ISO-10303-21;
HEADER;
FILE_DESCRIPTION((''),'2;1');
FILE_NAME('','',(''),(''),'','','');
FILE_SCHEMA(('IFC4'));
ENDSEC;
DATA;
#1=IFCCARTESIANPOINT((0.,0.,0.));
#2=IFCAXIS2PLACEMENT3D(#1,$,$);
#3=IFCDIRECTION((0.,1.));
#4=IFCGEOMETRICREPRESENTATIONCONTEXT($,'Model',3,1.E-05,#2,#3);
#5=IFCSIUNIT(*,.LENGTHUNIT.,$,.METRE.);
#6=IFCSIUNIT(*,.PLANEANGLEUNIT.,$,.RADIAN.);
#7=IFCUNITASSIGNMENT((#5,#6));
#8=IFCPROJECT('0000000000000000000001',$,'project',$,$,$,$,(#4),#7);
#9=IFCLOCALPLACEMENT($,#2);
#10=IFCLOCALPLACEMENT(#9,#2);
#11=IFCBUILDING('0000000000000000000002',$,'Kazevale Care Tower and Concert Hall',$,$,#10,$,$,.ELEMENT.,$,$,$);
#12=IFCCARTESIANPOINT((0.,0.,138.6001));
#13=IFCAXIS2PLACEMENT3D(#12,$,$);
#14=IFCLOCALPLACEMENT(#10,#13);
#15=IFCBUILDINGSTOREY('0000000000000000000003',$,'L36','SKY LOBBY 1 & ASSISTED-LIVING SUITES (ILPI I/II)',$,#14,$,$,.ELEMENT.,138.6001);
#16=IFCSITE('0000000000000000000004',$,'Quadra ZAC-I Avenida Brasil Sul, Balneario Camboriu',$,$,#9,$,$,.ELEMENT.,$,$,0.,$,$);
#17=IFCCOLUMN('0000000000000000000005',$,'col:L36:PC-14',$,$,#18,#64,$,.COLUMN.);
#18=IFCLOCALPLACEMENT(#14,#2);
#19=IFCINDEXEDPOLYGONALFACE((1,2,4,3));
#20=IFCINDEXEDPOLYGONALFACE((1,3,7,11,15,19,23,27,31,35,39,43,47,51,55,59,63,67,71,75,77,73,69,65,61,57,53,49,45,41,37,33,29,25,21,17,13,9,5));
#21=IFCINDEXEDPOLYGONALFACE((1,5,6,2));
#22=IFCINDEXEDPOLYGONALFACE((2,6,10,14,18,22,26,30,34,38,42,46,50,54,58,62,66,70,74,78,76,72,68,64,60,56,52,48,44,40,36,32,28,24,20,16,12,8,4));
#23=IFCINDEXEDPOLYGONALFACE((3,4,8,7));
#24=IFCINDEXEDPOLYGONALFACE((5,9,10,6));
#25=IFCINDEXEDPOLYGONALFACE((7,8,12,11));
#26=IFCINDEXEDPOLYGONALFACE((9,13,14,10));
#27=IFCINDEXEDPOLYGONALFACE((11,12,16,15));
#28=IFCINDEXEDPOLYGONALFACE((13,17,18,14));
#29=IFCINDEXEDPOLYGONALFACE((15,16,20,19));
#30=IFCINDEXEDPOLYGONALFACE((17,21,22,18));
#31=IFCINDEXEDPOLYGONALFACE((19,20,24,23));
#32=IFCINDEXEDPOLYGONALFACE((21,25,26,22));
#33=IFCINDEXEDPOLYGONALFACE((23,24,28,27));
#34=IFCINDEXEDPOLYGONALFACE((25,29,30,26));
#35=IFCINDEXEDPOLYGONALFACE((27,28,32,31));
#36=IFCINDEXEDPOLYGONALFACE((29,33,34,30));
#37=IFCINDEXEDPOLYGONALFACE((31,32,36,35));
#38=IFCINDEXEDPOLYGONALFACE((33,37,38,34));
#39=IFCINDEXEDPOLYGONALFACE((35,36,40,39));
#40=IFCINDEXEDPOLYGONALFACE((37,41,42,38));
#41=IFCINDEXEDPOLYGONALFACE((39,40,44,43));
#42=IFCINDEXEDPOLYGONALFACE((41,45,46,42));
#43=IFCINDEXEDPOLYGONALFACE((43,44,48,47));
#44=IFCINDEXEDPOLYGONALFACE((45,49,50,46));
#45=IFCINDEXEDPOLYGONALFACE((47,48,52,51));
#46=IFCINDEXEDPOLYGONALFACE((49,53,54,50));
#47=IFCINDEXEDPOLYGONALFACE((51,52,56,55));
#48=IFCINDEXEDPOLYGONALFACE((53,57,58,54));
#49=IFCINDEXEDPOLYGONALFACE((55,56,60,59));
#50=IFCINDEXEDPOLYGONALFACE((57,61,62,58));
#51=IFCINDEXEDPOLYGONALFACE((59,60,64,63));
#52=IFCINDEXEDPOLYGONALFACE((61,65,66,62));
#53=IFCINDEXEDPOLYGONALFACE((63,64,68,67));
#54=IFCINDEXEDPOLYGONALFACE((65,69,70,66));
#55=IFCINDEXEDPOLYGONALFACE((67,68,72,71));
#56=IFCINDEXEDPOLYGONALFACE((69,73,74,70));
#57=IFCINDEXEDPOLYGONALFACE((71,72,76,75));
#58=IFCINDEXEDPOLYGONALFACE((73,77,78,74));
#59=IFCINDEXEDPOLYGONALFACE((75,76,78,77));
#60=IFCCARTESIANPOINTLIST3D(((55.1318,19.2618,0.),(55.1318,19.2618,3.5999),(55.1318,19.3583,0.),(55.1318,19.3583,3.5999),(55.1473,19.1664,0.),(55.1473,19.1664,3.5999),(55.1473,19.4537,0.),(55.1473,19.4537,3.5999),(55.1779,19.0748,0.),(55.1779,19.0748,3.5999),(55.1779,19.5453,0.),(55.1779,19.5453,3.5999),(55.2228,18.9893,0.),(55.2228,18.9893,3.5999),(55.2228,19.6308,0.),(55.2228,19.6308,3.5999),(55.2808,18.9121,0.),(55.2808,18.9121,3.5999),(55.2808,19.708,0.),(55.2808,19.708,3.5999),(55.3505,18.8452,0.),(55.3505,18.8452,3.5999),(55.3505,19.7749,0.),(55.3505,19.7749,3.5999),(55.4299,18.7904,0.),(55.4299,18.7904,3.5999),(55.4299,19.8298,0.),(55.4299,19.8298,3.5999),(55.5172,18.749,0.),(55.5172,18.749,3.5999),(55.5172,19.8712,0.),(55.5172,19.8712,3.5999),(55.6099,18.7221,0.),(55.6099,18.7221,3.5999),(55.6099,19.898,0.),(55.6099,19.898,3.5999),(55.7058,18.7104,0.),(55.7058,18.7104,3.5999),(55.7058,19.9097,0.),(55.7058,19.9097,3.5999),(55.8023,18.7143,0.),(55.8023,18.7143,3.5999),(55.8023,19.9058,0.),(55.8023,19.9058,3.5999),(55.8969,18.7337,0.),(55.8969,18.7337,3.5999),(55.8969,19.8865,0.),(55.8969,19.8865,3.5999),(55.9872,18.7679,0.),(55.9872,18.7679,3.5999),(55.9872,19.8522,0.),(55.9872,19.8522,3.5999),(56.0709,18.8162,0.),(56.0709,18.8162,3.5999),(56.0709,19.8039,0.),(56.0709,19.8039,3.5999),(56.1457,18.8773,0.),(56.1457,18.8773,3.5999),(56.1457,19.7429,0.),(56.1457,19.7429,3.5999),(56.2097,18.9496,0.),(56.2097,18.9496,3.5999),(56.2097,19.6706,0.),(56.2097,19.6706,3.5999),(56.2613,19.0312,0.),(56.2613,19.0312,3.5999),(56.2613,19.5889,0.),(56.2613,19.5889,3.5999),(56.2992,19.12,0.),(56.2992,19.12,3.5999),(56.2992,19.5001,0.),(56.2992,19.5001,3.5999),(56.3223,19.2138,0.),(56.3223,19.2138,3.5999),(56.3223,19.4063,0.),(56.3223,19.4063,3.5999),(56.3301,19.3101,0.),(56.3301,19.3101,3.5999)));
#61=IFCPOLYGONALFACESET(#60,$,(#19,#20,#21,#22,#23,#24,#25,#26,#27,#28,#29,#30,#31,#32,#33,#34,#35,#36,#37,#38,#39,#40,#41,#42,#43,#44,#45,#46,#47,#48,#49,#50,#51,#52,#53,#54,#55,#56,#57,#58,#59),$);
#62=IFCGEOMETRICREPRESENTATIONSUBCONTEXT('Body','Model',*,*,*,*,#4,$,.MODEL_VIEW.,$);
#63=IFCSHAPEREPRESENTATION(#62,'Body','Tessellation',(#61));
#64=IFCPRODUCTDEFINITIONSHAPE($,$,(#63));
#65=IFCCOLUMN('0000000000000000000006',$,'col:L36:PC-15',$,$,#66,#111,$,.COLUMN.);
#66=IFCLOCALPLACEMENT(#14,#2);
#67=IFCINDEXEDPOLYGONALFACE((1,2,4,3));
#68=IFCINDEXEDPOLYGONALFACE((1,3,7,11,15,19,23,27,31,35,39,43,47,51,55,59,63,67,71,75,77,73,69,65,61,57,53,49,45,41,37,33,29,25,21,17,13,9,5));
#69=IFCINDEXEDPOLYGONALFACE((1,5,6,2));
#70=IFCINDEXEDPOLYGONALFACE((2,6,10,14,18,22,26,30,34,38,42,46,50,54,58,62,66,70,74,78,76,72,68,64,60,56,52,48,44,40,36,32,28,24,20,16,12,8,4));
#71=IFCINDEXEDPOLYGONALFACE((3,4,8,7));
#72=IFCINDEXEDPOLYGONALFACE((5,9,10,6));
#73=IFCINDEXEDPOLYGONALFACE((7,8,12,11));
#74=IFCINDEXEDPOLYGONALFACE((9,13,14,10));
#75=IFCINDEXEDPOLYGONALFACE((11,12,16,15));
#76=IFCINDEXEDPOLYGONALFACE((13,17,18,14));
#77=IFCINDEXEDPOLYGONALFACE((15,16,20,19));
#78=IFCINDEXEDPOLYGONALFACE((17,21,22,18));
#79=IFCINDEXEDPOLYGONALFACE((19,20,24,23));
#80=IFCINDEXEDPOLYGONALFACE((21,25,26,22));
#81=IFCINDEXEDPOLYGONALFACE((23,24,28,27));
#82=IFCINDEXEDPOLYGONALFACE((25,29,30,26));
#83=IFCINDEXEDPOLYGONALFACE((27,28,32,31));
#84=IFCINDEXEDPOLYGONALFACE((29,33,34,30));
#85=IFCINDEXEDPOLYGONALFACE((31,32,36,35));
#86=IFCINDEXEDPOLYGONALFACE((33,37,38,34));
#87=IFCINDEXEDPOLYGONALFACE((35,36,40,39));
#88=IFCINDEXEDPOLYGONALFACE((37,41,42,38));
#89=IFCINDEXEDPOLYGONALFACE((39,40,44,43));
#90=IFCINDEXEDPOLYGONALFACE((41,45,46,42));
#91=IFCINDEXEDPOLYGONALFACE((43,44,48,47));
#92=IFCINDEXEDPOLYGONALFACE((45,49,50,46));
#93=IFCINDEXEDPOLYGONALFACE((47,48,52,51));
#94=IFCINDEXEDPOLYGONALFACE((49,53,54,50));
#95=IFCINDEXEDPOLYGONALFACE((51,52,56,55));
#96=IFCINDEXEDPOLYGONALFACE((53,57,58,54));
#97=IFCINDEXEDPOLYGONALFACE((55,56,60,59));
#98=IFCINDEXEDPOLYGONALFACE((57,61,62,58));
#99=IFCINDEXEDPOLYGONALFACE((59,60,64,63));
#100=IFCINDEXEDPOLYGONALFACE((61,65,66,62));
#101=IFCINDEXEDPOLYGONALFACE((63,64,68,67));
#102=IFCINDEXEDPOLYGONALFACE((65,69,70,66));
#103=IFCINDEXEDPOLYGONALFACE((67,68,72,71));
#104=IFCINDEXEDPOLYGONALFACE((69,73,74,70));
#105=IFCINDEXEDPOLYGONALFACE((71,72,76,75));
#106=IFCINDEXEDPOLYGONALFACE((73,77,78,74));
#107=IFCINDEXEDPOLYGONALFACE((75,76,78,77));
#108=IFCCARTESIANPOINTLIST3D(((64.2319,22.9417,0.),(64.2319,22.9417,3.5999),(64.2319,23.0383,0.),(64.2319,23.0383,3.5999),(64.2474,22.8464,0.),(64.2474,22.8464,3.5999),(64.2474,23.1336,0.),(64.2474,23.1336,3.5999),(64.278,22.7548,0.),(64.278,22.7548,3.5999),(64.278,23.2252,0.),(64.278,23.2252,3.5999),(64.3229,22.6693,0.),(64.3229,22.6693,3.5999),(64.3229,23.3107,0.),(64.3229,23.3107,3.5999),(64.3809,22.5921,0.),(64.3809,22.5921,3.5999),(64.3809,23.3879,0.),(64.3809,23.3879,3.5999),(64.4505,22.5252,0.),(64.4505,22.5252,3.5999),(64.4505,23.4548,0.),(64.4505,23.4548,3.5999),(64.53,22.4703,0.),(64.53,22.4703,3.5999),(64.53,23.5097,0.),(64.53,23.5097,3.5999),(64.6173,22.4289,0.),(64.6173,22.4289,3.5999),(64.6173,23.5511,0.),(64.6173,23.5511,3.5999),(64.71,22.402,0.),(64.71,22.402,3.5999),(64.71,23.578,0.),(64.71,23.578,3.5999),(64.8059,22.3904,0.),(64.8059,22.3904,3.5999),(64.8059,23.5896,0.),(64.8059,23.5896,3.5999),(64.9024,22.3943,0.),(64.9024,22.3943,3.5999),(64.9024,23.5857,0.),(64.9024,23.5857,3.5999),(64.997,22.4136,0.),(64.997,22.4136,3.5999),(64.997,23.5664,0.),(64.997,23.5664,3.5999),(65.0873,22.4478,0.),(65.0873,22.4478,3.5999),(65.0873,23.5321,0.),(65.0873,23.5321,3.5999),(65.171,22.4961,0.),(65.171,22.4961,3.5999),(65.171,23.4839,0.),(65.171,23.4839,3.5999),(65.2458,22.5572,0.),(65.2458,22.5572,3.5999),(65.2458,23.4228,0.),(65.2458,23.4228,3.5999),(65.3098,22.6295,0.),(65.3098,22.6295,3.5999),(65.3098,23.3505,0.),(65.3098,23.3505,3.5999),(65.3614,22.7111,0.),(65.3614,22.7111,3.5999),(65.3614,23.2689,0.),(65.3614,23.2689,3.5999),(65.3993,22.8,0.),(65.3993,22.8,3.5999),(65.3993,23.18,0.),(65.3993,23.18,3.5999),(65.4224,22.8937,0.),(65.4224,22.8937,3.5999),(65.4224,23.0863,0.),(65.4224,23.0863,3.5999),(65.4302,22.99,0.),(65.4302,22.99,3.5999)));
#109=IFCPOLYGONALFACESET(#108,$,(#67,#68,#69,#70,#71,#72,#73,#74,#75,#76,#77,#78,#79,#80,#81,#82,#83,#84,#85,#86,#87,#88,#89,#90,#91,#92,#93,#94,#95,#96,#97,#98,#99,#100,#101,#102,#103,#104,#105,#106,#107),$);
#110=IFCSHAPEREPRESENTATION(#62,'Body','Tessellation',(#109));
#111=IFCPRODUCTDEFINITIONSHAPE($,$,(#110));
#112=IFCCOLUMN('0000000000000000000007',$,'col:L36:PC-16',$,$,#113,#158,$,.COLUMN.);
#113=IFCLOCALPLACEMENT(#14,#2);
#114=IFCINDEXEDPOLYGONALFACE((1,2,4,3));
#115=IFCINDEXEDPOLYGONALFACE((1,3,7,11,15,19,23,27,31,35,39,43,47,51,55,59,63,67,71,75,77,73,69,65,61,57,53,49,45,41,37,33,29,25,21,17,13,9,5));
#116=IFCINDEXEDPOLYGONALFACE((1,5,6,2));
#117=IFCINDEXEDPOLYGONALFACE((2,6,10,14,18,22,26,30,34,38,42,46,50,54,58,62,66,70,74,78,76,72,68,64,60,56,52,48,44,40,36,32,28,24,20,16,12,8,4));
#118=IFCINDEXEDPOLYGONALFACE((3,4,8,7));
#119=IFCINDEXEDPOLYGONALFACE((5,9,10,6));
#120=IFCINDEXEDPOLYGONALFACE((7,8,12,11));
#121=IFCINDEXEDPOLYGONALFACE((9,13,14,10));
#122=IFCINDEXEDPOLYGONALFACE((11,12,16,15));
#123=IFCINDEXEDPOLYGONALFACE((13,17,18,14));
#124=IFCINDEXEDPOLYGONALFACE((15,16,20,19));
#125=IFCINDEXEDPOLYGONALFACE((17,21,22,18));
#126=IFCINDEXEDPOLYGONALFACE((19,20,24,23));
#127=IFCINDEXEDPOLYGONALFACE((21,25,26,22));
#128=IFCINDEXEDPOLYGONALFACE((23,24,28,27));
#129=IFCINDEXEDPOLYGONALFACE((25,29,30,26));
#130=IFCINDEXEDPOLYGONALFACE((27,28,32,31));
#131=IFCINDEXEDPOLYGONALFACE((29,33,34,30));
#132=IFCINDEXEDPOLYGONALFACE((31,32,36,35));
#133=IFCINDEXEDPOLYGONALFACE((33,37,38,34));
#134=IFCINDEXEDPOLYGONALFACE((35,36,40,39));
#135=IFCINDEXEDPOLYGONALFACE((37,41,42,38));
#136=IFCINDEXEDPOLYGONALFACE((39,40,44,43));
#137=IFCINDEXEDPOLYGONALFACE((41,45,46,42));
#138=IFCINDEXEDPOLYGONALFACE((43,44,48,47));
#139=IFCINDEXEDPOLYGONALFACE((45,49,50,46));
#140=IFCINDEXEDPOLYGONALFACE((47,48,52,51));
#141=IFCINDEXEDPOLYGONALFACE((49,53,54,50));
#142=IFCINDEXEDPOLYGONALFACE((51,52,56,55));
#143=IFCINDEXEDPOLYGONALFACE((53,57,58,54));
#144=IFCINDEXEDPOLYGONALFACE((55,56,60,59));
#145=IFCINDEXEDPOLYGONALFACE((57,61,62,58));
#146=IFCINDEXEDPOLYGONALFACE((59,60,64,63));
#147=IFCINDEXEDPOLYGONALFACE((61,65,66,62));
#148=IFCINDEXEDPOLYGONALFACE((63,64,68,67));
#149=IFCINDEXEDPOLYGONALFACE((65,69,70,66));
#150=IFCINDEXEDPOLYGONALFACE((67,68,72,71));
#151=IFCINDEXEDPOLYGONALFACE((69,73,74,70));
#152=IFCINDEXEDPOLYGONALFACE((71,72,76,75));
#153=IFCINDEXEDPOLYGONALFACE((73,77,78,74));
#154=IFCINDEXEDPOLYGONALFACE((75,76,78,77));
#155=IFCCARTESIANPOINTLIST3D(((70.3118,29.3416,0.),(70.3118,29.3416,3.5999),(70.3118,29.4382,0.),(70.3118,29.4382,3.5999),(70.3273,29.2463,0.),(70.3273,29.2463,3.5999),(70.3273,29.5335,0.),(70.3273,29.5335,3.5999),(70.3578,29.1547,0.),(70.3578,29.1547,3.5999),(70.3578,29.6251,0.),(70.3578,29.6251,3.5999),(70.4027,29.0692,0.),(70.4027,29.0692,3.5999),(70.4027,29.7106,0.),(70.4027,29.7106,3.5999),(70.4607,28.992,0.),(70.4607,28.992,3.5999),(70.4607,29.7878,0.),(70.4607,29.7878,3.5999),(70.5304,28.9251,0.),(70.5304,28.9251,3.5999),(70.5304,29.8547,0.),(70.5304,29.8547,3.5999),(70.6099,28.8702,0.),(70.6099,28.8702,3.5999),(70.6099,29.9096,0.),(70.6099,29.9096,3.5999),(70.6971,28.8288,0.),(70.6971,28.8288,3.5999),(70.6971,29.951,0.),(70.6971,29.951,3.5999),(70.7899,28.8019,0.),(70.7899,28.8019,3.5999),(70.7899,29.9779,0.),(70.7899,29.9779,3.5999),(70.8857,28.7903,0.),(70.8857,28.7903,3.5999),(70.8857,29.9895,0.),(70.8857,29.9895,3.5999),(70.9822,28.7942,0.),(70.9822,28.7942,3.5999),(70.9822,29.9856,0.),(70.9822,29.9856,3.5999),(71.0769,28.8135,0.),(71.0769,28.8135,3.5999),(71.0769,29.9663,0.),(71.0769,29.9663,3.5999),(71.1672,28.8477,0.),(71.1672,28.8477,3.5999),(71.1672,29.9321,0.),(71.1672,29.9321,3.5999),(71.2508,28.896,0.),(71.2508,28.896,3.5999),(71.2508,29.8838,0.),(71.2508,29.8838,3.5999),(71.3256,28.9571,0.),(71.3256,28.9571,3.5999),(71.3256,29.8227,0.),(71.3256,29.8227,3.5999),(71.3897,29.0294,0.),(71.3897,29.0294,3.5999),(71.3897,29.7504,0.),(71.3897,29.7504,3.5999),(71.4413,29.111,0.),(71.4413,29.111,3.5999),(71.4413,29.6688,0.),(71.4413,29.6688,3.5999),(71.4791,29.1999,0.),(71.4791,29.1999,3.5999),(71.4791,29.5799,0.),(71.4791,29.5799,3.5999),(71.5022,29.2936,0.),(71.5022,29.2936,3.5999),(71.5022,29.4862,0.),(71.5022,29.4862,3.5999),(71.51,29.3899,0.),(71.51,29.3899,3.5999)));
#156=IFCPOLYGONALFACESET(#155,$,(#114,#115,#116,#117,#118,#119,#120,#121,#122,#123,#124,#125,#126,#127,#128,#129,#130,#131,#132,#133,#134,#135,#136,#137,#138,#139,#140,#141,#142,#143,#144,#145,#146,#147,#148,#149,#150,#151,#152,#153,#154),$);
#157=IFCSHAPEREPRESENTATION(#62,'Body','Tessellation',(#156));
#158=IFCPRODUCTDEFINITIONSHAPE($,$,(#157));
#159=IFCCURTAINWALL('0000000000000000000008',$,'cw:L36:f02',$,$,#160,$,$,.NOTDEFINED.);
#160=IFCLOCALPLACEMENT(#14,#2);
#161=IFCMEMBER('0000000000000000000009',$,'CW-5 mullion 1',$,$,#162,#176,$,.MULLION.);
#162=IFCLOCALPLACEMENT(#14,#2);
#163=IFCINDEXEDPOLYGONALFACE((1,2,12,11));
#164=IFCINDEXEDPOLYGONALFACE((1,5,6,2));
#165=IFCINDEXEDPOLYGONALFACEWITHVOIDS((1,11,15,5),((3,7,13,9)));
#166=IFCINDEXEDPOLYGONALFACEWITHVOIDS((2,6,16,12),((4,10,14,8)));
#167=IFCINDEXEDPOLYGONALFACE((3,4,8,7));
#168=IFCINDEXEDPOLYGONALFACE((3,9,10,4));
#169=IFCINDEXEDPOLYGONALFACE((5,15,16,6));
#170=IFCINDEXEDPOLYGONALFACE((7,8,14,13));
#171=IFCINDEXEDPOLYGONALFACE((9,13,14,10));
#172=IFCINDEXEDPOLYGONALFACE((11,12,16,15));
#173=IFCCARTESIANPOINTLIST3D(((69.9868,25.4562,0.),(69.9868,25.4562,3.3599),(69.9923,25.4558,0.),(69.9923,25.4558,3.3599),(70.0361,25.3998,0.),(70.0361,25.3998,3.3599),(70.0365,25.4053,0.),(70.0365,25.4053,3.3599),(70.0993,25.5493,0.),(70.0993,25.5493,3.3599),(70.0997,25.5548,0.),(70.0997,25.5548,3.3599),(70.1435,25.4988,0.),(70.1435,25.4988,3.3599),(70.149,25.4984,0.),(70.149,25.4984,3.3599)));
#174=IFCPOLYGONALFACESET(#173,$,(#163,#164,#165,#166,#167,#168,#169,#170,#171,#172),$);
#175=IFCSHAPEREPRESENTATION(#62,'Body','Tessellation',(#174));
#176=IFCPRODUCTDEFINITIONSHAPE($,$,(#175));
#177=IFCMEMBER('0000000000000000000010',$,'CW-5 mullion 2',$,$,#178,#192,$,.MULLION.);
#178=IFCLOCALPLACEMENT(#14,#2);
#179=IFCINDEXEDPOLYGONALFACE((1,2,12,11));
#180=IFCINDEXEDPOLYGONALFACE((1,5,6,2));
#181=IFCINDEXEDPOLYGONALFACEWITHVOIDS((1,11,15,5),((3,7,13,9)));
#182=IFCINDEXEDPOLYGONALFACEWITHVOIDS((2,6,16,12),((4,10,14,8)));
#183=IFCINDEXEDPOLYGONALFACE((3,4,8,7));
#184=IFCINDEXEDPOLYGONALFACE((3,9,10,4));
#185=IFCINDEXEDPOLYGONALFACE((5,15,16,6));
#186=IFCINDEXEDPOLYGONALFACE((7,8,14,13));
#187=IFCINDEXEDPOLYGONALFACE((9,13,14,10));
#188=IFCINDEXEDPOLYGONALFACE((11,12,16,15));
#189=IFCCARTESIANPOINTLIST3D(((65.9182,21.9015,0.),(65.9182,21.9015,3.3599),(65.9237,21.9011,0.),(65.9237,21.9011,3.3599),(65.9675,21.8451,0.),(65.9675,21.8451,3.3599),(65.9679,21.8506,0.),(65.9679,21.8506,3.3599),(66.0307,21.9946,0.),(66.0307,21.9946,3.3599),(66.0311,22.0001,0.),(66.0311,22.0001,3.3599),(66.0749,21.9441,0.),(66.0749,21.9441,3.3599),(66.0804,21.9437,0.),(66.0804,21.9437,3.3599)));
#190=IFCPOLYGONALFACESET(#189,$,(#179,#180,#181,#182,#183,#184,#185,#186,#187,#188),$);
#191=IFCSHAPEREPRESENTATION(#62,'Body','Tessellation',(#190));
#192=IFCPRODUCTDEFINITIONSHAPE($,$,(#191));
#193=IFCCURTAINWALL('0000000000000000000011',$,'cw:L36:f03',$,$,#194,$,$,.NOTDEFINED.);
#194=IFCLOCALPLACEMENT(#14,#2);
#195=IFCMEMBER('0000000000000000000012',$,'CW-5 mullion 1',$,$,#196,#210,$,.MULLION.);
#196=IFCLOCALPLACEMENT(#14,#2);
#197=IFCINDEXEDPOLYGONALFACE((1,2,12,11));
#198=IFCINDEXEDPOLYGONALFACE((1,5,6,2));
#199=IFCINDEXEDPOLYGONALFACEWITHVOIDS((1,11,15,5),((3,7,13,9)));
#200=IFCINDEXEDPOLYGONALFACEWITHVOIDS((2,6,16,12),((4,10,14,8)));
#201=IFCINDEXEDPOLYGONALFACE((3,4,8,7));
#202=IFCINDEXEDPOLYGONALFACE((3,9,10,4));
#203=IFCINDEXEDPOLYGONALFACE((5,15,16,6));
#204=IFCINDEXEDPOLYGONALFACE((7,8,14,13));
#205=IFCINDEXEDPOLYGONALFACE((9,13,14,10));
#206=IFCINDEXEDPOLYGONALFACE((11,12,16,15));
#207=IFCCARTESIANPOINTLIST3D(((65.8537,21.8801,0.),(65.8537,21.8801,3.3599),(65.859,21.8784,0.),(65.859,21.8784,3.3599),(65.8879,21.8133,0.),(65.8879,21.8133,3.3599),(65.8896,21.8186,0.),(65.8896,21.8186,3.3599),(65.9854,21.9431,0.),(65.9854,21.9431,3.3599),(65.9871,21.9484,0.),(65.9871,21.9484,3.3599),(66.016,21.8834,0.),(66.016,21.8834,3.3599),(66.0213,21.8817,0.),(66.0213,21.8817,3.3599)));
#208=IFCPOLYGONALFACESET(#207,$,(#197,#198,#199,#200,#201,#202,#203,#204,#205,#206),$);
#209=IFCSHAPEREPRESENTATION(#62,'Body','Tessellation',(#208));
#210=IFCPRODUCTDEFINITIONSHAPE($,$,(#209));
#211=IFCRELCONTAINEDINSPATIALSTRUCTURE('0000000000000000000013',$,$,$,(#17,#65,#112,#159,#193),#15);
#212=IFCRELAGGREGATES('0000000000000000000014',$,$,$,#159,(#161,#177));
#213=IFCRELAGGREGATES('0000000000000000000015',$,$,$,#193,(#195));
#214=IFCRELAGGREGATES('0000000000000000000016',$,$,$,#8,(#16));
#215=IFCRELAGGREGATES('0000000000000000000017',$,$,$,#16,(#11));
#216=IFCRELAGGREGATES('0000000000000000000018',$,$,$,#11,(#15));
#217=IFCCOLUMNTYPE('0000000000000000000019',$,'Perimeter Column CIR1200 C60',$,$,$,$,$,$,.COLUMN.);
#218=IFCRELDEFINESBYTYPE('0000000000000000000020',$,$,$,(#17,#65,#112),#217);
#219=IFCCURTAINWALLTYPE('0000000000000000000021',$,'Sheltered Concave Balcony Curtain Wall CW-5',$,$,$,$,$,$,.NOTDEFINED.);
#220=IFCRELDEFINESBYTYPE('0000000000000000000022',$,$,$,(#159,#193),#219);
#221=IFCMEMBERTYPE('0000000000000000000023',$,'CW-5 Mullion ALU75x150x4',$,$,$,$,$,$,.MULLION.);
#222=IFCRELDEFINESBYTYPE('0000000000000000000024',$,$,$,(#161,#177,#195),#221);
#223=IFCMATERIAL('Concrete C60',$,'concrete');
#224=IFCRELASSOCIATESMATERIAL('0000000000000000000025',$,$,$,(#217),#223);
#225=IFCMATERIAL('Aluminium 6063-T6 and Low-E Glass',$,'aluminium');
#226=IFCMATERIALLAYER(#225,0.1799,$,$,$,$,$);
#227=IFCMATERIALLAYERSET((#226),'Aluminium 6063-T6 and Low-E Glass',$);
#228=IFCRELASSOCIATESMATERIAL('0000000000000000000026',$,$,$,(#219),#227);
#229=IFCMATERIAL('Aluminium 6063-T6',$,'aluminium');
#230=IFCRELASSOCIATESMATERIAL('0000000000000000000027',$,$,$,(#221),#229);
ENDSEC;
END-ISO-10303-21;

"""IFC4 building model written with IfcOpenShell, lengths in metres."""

from ifc_helpers import new_model, si_unit, direction, frame, origin, origin_2d, place, context, subcontext, project, spatial, hollow_rectangle, circle, extrude, material, layer, layer_set, material_profile, profile_set, type_object, element, aggregate, save


model = new_model("IFC4")

# Units and contexts
model_context = context("Model", 3, precision=1e-05, world=origin(), true_north=direction((0.0, 1.0)))
body_context = subcontext(model_context, "Body", "Model", "MODEL_VIEW")
ifc_project = project(units=[si_unit("LENGTHUNIT", "METRE"), si_unit("PLANEANGLEUNIT", "RADIAN")], contexts=[model_context])

# Site, building, storey
site_placement = place(None, origin())
site = spatial("IfcSite", under=ifc_project, at=site_placement, Name="Quadra ZAC-I Avenida Brasil Sul, Balneario Camboriu", CompositionType="ELEMENT", RefElevation=0.0)
building_placement = place(site_placement, origin())
building = spatial("IfcBuilding", under=site, at=building_placement, Name="Kazevale Care Tower and Concert Hall", CompositionType="ELEMENT")
storey_placement = place(building_placement, frame((0.0, 0.0, 138.6001)))
storey = spatial("IfcBuildingStorey", under=building, at=storey_placement, Name="L36", Description="SKY LOBBY 1 & ASSISTED-LIVING SUITES (ILPI I/II)", CompositionType="ELEMENT", Elevation=138.6001)

# Columns
ifc_material_1 = material(Name="Concrete C60", Category="concrete")
ifc_material_profile_1 = material_profile(ifc_material_1, circle(Radius=0.6001, at=origin_2d()), Name="RC-CIR1200")
ifc_profile_set_1 = profile_set([ifc_material_profile_1], Name="Concrete C60")
column_type = type_object("IfcColumnType", Name="Perimeter Column CIR1200 C60", PredefinedType="COLUMN", material=ifc_profile_set_1)
for number, where, z_axis, x_axis, name in (
    (1, (55.73, 19.3101, 0.0), (0.0, 0.0, 1.0), (1.0, 0.0, 0.0), "col:L36:PC-14"),
    (2, (64.8301, 22.99, 0.0), (0.0, 0.0, 1.0), (1.0, 0.0, 0.0), "col:L36:PC-15"),
    (3, (70.9099, 29.3899, 0.0), (0.0, 0.0, 1.0), (1.0, 0.0, 0.0), "col:L36:PC-16"),
):
    element("IfcColumn", number, at=place(storey_placement, frame(where, z_axis=z_axis, x_axis=x_axis)), inside=storey, type_object=column_type, Name=name, PredefinedType="COLUMN", context=body_context, shape_type="SweptSolid", body=[
        extrude(circle(Radius=0.6001, at=origin_2d()), origin(), (0.0, 0.0, 1.0), 3.5999),
    ])

# Curtain walls, members
ifc_material_2 = material(Name="Aluminium 6063-T6 and Low-E Glass", Category="aluminium")
ifc_layer_1 = layer(ifc_material_2, 0.1799)
ifc_layer_set_1 = layer_set([ifc_layer_1], Name="Aluminium 6063-T6 and Low-E Glass")
curtain_wall_type = type_object("IfcCurtainWallType", Name="Sheltered Concave Balcony Curtain Wall CW-5", PredefinedType="NOTDEFINED", material=ifc_layer_set_1)
curtain_wall_1_placement = place(storey_placement, origin())
curtain_wall_1 = element("IfcCurtainWall", 4, at=curtain_wall_1_placement, inside=storey, type_object=curtain_wall_type, Name="cw:L36:f02", PredefinedType="NOTDEFINED")
ifc_material_3 = material(Name="Aluminium 6063-T6", Category="aluminium")
ifc_material_profile_2 = material_profile(ifc_material_3, hollow_rectangle(XDim=0.075, YDim=0.1499, WallThickness=0.0039, at=origin_2d()), Name="ALU75x150x4")
ifc_profile_set_2 = profile_set([ifc_material_profile_2], Name="Aluminium 6063-T6")
member_type_1 = type_object("IfcMemberType", Name="CW-5 Mullion ALU75x150x4", PredefinedType="MULLION", material=ifc_profile_set_2)
member_1_placement = place(storey_placement, frame((70.0679, 25.4773, 0.0), z_axis=(0.0, 0.0, 1.0), x_axis=(0.657949, -0.753063, 0.0)))
member_1 = element("IfcMember", 5, at=member_1_placement, type_object=member_type_1, Name="CW-5 mullion 1", PredefinedType="MULLION", context=body_context, shape_type="SweptSolid", body=[
    extrude(hollow_rectangle(XDim=0.075, YDim=0.1499, WallThickness=0.0039, at=origin_2d()), origin(), (0.0, 0.0, 1.0), 3.3599),
])
member_2_placement = place(storey_placement, frame((65.9993, 21.9226, 0.0), z_axis=(0.0, 0.0, 1.0), x_axis=(0.657949, -0.753063, 0.0)))
member_2 = element("IfcMember", 6, at=member_2_placement, type_object=member_type_1, Name="CW-5 mullion 2", PredefinedType="MULLION", context=body_context, shape_type="SweptSolid", body=[
    extrude(hollow_rectangle(XDim=0.075, YDim=0.1499, WallThickness=0.0039, at=origin_2d()), origin(), (0.0, 0.0, 1.0), 3.3599),
])
curtain_wall_2_placement = place(storey_placement, origin())
curtain_wall_2 = element("IfcCurtainWall", 7, at=curtain_wall_2_placement, inside=storey, type_object=curtain_wall_type, Name="cw:L36:f03", PredefinedType="NOTDEFINED")
member_3_placement = place(storey_placement, frame((65.9375, 21.8809, 0.0), z_axis=(0.0, 0.0, 1.0), x_axis=(0.455713, -0.890127, 0.0)))
member_3 = element("IfcMember", 8, at=member_3_placement, type_object=member_type_1, Name="CW-5 mullion 1", PredefinedType="MULLION", context=body_context, shape_type="SweptSolid", body=[
    extrude(hollow_rectangle(XDim=0.075, YDim=0.1499, WallThickness=0.0039, at=origin_2d()), origin(), (0.0, 0.0, 1.0), 3.3599),
])

aggregate(curtain_wall_1, [member_1, member_2])
aggregate(curtain_wall_2, [member_3])

save(model, "model.ifc")
